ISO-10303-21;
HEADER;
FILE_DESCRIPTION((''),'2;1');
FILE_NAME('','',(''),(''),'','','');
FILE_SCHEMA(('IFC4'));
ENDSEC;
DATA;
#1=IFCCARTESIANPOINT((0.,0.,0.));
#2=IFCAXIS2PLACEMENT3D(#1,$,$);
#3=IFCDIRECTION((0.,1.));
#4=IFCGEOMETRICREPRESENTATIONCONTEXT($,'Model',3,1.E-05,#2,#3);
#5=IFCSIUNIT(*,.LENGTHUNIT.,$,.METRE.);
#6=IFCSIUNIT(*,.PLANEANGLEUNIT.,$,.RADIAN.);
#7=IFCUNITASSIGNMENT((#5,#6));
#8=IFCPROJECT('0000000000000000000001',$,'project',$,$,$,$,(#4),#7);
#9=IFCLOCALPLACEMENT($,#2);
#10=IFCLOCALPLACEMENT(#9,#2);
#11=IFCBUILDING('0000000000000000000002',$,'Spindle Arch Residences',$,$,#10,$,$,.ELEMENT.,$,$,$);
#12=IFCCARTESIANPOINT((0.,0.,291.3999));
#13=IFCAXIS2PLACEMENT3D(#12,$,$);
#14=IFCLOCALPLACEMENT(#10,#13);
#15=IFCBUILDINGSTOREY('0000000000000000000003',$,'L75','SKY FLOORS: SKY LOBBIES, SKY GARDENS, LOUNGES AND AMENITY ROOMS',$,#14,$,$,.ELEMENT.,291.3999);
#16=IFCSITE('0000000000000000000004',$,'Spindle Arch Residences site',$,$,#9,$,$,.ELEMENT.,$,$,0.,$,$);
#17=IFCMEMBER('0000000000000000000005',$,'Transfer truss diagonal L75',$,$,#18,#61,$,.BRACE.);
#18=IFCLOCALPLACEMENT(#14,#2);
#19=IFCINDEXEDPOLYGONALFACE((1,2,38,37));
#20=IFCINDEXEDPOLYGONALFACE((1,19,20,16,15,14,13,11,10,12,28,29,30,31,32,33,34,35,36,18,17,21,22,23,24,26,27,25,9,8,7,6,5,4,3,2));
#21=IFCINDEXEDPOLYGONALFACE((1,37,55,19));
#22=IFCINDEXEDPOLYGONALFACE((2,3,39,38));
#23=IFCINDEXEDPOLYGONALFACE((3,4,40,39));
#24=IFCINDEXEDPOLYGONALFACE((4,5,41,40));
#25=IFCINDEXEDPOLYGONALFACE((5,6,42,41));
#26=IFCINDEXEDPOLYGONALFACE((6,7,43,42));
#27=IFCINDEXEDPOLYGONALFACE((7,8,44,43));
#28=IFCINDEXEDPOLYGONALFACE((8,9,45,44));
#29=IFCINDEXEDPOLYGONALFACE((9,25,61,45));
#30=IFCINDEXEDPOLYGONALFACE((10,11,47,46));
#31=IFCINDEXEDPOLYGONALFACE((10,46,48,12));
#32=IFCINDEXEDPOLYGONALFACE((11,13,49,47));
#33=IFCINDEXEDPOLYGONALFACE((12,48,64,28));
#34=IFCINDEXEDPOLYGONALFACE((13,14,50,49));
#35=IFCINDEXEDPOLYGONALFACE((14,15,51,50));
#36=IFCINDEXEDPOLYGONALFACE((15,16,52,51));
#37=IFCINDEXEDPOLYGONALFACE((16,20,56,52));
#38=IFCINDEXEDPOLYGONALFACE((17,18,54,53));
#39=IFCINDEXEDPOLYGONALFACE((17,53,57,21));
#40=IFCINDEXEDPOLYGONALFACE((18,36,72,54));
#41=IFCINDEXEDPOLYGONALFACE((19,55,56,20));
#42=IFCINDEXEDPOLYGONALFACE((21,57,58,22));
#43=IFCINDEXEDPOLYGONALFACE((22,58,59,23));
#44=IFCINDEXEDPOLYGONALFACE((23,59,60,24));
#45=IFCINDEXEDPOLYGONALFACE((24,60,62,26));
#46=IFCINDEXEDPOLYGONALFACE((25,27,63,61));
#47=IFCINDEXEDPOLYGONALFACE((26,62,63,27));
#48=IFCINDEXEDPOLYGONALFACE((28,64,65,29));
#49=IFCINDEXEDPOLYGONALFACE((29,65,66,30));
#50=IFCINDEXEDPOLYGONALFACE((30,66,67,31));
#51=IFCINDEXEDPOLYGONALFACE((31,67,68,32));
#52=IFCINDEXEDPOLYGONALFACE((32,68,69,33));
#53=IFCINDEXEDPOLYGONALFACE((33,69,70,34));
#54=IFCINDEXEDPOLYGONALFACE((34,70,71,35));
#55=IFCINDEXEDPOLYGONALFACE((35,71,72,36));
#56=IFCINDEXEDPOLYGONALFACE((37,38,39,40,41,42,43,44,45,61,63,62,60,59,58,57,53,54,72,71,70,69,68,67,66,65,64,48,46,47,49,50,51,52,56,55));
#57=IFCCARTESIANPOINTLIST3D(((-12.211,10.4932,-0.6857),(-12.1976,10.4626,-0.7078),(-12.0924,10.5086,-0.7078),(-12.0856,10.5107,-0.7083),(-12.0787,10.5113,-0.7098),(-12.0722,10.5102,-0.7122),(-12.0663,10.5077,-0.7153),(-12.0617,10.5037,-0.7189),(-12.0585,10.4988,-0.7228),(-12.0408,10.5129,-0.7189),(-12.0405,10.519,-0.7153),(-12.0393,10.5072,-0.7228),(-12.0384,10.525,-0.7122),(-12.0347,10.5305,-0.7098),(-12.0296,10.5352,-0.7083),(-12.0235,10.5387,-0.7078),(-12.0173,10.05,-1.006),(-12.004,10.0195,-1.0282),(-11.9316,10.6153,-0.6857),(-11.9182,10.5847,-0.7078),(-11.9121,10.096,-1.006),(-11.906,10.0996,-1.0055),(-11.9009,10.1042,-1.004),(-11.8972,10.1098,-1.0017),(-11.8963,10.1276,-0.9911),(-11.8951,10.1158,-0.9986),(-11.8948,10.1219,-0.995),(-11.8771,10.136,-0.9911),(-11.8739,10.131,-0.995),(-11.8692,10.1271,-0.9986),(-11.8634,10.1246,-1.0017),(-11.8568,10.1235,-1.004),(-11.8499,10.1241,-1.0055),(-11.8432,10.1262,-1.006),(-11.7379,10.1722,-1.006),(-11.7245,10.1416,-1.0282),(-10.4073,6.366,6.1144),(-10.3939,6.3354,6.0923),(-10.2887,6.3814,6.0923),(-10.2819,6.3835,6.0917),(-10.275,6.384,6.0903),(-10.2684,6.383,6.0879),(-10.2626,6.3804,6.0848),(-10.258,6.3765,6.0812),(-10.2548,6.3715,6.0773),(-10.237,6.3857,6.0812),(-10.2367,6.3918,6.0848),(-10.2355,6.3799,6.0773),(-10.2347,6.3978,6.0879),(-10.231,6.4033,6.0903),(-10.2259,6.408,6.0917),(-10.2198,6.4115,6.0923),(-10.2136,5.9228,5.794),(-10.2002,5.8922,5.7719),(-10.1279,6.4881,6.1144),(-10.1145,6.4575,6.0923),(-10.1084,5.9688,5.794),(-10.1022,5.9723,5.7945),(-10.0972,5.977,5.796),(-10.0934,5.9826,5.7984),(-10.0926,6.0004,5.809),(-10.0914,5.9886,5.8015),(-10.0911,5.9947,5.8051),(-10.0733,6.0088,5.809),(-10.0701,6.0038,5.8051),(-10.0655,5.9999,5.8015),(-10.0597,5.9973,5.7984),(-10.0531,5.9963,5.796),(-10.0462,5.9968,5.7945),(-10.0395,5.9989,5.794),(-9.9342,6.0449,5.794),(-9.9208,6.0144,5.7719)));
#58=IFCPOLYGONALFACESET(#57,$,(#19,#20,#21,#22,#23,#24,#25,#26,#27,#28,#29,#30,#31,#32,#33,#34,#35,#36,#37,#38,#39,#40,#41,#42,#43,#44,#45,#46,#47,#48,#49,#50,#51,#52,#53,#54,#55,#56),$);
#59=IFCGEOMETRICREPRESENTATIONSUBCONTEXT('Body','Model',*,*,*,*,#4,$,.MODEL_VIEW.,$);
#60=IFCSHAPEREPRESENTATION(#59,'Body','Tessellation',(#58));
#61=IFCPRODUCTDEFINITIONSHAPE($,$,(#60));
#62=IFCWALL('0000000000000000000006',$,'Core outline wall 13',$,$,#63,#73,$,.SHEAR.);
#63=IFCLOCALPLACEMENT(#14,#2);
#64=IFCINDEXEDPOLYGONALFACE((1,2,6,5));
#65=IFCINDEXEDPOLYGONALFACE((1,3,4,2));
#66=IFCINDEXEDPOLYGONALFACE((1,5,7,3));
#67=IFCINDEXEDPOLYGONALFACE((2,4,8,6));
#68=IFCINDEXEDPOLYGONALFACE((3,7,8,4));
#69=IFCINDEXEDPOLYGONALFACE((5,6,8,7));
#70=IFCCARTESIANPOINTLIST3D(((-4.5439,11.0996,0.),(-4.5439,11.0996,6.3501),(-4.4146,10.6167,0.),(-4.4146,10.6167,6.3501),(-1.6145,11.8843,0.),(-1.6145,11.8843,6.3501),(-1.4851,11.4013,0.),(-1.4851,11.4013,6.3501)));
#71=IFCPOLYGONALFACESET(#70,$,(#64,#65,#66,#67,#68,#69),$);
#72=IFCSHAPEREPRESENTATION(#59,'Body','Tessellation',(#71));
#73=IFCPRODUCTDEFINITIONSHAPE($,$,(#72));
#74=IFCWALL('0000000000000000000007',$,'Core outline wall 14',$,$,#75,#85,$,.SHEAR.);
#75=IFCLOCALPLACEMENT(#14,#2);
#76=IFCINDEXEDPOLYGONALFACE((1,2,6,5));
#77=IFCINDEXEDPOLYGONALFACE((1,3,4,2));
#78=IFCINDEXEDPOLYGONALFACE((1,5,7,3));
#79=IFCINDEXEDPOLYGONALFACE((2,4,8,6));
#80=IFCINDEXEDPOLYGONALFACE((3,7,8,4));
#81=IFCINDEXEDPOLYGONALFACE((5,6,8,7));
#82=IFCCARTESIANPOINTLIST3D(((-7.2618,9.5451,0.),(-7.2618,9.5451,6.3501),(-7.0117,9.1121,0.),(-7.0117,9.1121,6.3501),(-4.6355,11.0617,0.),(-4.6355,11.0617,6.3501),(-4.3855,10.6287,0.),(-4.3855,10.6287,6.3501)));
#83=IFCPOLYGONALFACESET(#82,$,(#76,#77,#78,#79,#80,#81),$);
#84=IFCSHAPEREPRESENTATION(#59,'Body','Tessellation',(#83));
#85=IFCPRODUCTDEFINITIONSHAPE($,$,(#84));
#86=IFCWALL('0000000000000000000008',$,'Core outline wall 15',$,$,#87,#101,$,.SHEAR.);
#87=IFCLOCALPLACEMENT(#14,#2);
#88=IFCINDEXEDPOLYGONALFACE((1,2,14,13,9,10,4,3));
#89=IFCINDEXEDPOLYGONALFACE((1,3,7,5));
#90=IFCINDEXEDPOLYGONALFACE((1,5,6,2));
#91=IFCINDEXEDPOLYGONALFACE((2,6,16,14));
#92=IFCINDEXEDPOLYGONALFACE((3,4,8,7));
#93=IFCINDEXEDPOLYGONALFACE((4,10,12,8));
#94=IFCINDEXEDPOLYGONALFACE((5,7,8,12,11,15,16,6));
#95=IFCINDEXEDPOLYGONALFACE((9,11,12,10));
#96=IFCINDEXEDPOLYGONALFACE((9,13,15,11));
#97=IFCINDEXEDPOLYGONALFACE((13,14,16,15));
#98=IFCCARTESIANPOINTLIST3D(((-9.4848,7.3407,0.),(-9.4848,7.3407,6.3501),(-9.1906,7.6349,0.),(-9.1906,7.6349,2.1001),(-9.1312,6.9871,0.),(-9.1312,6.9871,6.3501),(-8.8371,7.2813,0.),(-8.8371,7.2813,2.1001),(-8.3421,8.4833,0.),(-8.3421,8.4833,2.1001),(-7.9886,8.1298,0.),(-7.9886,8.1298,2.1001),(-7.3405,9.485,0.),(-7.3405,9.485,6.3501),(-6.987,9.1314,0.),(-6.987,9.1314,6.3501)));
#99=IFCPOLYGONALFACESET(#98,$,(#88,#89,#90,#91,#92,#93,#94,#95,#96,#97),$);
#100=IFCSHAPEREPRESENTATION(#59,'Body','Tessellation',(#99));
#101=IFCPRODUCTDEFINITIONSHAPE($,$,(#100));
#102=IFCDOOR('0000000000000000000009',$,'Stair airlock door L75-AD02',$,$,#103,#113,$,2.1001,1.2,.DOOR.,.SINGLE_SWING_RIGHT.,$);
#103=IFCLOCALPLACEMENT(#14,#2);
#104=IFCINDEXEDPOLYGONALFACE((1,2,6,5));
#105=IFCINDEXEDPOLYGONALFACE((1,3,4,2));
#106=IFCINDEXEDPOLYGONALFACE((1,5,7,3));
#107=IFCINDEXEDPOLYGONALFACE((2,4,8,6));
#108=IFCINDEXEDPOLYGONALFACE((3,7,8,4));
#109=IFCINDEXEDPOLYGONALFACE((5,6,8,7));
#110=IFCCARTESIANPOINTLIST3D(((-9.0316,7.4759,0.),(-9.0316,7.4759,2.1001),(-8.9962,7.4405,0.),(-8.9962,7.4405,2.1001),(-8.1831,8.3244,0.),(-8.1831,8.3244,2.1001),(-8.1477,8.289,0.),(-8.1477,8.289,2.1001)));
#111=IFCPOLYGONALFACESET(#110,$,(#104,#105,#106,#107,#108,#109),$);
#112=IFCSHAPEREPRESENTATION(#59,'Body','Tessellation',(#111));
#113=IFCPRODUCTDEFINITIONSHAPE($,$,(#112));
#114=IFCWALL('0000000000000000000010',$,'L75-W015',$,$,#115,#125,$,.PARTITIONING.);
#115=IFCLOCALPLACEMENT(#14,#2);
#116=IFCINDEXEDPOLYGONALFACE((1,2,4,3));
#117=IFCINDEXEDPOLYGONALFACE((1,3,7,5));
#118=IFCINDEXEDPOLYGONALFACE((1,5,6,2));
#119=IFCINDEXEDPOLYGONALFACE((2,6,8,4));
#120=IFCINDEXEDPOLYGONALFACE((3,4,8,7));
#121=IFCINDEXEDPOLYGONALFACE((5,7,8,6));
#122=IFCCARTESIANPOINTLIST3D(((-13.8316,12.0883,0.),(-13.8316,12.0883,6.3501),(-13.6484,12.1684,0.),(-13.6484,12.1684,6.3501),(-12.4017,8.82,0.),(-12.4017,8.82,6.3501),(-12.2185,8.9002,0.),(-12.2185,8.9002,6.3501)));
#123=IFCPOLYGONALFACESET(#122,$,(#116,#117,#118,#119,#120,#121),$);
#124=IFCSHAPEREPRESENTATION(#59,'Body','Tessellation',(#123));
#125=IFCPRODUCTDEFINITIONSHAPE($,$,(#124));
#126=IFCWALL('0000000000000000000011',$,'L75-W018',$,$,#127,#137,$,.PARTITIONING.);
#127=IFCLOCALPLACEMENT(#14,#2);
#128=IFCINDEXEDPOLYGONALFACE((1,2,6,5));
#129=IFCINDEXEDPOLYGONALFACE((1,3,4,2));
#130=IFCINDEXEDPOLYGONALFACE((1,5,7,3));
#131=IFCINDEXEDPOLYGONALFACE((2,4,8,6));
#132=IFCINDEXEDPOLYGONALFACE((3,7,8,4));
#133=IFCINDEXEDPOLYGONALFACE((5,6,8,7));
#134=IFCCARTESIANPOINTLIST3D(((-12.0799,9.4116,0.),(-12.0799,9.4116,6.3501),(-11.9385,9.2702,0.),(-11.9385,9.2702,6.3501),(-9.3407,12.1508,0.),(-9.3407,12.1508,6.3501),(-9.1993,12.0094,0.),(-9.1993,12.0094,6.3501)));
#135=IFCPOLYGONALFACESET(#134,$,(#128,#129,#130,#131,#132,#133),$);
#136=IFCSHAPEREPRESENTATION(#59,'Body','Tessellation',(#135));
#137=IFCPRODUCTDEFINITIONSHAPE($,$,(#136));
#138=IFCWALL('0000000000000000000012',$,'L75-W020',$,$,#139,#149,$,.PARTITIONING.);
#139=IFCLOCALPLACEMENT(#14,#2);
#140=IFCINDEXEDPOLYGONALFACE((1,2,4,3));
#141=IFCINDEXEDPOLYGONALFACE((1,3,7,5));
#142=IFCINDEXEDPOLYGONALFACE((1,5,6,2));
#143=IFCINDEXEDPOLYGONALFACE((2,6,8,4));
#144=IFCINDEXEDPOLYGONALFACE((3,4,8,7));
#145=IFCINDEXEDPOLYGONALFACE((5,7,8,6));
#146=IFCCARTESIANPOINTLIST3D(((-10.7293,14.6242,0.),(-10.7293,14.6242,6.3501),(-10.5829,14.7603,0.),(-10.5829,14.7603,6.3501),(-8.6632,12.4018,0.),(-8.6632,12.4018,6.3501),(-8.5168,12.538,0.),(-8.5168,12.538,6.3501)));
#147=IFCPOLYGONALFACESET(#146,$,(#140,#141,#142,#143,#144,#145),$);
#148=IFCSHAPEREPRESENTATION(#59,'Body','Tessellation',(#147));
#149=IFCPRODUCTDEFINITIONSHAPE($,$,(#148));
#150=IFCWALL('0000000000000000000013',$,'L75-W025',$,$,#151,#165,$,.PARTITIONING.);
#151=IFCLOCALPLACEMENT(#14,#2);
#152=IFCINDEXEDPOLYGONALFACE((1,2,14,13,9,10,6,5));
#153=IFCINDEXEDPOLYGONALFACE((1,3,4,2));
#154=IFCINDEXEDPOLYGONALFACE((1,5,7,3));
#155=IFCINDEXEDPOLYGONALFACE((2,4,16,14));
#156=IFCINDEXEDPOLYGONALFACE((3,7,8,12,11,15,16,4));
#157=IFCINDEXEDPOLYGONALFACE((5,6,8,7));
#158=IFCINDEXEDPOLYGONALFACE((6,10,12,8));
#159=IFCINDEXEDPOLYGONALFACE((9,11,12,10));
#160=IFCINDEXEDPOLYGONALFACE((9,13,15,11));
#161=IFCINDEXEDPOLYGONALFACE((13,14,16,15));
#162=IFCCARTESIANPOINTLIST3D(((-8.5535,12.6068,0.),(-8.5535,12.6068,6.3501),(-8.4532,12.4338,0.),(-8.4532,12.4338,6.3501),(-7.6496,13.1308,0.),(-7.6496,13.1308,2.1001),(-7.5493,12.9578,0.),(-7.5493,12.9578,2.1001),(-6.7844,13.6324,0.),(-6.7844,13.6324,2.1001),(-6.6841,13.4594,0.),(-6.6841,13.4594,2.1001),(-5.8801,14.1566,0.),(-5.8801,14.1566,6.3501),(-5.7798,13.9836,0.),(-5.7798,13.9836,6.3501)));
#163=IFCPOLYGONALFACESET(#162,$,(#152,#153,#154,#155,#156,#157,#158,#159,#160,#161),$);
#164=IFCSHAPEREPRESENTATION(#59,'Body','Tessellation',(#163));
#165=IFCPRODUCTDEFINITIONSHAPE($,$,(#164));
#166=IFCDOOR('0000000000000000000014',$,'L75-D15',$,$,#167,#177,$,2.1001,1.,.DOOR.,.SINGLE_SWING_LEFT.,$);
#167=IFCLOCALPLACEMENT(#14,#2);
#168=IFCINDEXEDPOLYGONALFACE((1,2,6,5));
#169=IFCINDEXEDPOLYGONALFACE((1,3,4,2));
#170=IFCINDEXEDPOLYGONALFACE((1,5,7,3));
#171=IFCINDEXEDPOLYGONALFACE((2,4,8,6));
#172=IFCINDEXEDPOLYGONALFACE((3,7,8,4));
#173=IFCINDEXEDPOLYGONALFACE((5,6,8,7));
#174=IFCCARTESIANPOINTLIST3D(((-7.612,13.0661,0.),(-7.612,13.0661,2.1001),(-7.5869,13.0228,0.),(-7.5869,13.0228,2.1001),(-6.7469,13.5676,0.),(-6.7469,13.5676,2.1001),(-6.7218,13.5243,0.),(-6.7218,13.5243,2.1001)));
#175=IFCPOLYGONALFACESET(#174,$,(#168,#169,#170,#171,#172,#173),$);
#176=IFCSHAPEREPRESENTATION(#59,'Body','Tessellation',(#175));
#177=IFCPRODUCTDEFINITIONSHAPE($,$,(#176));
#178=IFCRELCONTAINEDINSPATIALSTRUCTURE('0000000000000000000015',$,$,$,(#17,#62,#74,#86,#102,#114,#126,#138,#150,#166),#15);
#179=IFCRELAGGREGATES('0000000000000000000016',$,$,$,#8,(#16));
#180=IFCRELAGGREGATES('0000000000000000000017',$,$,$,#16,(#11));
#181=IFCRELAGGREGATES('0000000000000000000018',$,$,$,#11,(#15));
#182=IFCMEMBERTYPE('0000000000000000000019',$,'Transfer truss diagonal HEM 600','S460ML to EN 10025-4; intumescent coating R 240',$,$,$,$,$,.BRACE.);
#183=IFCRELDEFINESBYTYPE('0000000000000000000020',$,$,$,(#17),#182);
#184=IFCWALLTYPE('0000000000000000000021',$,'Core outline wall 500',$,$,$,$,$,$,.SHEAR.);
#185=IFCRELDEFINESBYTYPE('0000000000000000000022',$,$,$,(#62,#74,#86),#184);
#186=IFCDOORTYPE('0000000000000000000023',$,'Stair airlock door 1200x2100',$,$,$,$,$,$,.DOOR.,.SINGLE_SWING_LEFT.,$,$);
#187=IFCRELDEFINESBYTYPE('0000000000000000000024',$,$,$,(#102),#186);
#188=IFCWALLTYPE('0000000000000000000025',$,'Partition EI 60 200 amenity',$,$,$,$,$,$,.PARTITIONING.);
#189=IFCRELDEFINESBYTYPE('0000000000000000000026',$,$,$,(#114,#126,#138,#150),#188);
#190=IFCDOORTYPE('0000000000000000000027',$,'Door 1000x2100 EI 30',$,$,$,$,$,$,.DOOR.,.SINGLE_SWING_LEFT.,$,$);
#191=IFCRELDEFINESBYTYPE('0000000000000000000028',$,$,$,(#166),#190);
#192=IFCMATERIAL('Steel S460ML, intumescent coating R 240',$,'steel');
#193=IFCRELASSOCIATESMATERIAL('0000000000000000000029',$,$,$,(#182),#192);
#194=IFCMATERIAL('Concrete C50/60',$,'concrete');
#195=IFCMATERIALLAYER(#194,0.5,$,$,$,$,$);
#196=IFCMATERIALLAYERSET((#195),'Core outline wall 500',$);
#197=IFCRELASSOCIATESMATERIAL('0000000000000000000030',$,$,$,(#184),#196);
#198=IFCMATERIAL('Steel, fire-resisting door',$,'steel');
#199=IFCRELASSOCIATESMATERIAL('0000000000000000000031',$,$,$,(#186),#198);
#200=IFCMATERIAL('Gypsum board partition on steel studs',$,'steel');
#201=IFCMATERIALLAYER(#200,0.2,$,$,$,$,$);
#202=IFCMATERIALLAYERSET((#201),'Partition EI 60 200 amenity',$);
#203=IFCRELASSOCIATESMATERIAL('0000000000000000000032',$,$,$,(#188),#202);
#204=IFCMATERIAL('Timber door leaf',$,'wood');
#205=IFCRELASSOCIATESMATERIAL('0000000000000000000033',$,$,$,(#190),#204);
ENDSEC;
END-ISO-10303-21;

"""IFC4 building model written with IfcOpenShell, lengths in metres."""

from ifc_helpers import new_model, si_unit, direction, frame, frame_2d, origin, origin_2d, place, context, subcontext, project, spatial, rectangle, i_section, extrude, material, layer, layer_set, material_profile, profile_set, type_object, element, fill, save


model = new_model("IFC4")

# Units and contexts
model_context = context("Model", 3, precision=1e-05, world=origin(), true_north=direction((0.0, 1.0)))
body_context = subcontext(model_context, "Body", "Model", "MODEL_VIEW")
ifc_project = project(units=[si_unit("LENGTHUNIT", "METRE"), si_unit("PLANEANGLEUNIT", "RADIAN")], contexts=[model_context])

# Site, building, storey
site_placement = place(None, origin())
site = spatial("IfcSite", under=ifc_project, at=site_placement, Name="Spindle Arch Residences site", CompositionType="ELEMENT", RefElevation=0.0)
building_placement = place(site_placement, origin())
building = spatial("IfcBuilding", under=site, at=building_placement, Name="Spindle Arch Residences", CompositionType="ELEMENT")
storey_placement = place(building_placement, frame((0.0, 0.0, 291.3999)))
storey = spatial("IfcBuildingStorey", under=building, at=storey_placement, Name="L75", Description="SKY FLOORS: SKY LOBBIES, SKY GARDENS, LOUNGES AND AMENITY ROOMS", CompositionType="ELEMENT", Elevation=291.3999)

# Member
ifc_material_1 = material(Name="Steel S460ML, intumescent coating R 240", Category="steel")
ifc_material_profile_1 = material_profile(ifc_material_1, i_section(OverallWidth=0.3049, OverallDepth=0.6201, WebThickness=0.021, FlangeThickness=0.04, FilletRadius=0.0271, at=origin_2d()), Name="HEM 600")
ifc_profile_set_1 = profile_set([ifc_material_profile_1], Name="Steel S460ML, intumescent coating R 240")
member_type_1 = type_object("IfcMemberType", Name="Transfer truss diagonal HEM 600", Description="S460ML to EN 10025-4; intumescent coating R 240", PredefinedType="BRACE", material=ifc_profile_set_1)
member_1_placement = place(storey_placement, frame((-11.9678, 10.3174, -0.8569), z_axis=(0.221139, -0.506004, 0.833701), x_axis=(0.916315, 0.400458, 0.0)))
element("IfcMember", 1, at=member_1_placement, inside=storey, type_object=member_type_1, Name="Transfer truss diagonal L75", PredefinedType="BRACE", context=body_context, shape_type="SweptSolid", body=[
    extrude(i_section(OverallWidth=0.3049, OverallDepth=0.6201, WebThickness=0.021, FlangeThickness=0.04, FilletRadius=0.0271, at=origin_2d()), origin(), (0.0, 0.0, 1.0), 8.1565),
])

# Walls
ifc_material_2 = material(Name="Concrete C50/60", Category="concrete")
ifc_layer_1 = layer(ifc_material_2, 0.5)
ifc_layer_set_1 = layer_set([ifc_layer_1], Name="Core outline wall 500")
wall_type_1 = type_object("IfcWallType", Name="Core outline wall 500", PredefinedType="SHEAR", material=ifc_layer_set_1)
for number, where, z_axis, x_axis, name in (
    (2, (-1.5498, 11.6428, 0.0), (0.0, 0.0, 1.0), (-0.965948, -0.258735, 0.0), "Core outline wall 13"),
    (3, (-4.5105, 10.8452, 0.0), (0.0, 0.0, 1.0), (-0.865975, -0.500087, 0.0), "Core outline wall 14"),
):
    element("IfcWall", number, at=place(storey_placement, frame(where, z_axis=z_axis, x_axis=x_axis)), inside=storey, type_object=wall_type_1, Name=name, PredefinedType="SHEAR", context=body_context, shape_type="SweptSolid", body=[
        extrude(rectangle(XDim=3.0327, YDim=0.5, at=frame_2d((1.5164, 0.0))), origin(), (0.0, 0.0, 1.0), 6.3501),
    ])

# Wall, opening, door
wall_1_placement = place(storey_placement, frame((-7.1638, 9.3081, 0.0), z_axis=(0.0, 0.0, 1.0), x_axis=(-0.707107, -0.707107, 0.0)))
wall_1 = element("IfcWall", 4, at=wall_1_placement, inside=storey, type_object=wall_type_1, Name="Core outline wall 15", PredefinedType="SHEAR", context=body_context, shape_type="SweptSolid", body=[
    extrude(rectangle(XDim=3.0325, YDim=0.5, at=frame_2d((1.5161, 0.0))), origin(), (0.0, 0.0, 1.0), 6.3501),
])
opening_1_placement = place(wall_1_placement, frame((1.4163, 0.0, 0.0)))
opening_1 = element("IfcOpeningElement", 5, at=opening_1_placement, cuts=wall_1, PredefinedType="OPENING", context=body_context, shape_type="SweptSolid", body=[
    extrude(rectangle(XDim=1.2, YDim=2.1001, at=frame_2d((0.6001, 1.05))), frame((0.0, 0.26, 0.0), z_axis=(0.0, -1.0, 0.0), x_axis=(1.0, 0.0, 0.0)), (0.0, 0.0, 1.0), 0.52),
])
ifc_material_3 = material(Name="Steel, fire-resisting door", Category="steel")
door_type_1 = type_object("IfcDoorType", Name="Stair airlock door 1200x2100", OperationType="SINGLE_SWING_LEFT", PredefinedType="DOOR", material=ifc_material_3)
door_1_placement = place(opening_1_placement, origin())
door_1 = element("IfcDoor", 6, at=door_1_placement, inside=storey, type_object=door_type_1, Name="Stair airlock door L75-AD02", OperationType="SINGLE_SWING_RIGHT", OverallHeight=2.1001, OverallWidth=1.2, PredefinedType="DOOR", context=body_context, shape_type="SweptSolid", body=[
    extrude(rectangle(XDim=1.2, YDim=2.1001, at=frame_2d((0.6001, 1.05))), frame((0.0, 0.0249, 0.0), z_axis=(0.0, -1.0, 0.0), x_axis=(1.0, 0.0, 0.0)), (0.0, 0.0, 1.0), 0.05),
])
fill(opening_1, door_1)

# Walls
ifc_material_4 = material(Name="Gypsum board partition on steel studs", Category="steel")
ifc_layer_2 = layer(ifc_material_4, 0.2)
ifc_layer_set_2 = layer_set([ifc_layer_2], Name="Partition EI 60 200 amenity")
wall_type_2 = type_object("IfcWallType", Name="Partition EI 60 200 amenity", PredefinedType="PARTITIONING", material=ifc_layer_set_2)
wall_2_placement = place(storey_placement, frame((-12.3101, 8.8601, 0.0), z_axis=(0.0, 0.0, 1.0), x_axis=(-0.40083, 0.916153, 0.0)))
element("IfcWall", 7, at=wall_2_placement, inside=storey, type_object=wall_type_2, Name="L75-W015", PredefinedType="PARTITIONING", context=body_context, shape_type="SweptSolid", body=[
    extrude(rectangle(XDim=3.5674, YDim=0.2, at=frame_2d((1.7837, 0.0))), origin(), (0.0, 0.0, 1.0), 6.3501),
])
wall_3_placement = place(storey_placement, frame((-12.0093, 9.3408, 0.0), z_axis=(0.0, 0.0, 1.0), x_axis=(0.707107, 0.707107, 0.0)))
element("IfcWall", 8, at=wall_3_placement, inside=storey, type_object=wall_type_2, Name="L75-W018", PredefinedType="PARTITIONING", context=body_context, shape_type="SweptSolid", body=[
    extrude(rectangle(XDim=3.8738, YDim=0.2, at=frame_2d((1.937, 0.0))), origin(), (0.0, 0.0, 1.0), 6.3501),
])
wall_4_placement = place(storey_placement, frame((-8.5901, 12.47, 0.0), z_axis=(0.0, 0.0, 1.0), x_axis=(-0.680892, 0.732384, 0.0)))
element("IfcWall", 9, at=wall_4_placement, inside=storey, type_object=wall_type_2, Name="L75-W020", PredefinedType="PARTITIONING", context=body_context, shape_type="SweptSolid", body=[
    extrude(rectangle(XDim=3.0344, YDim=0.2, at=frame_2d((1.5171, 0.0))), origin(), (0.0, 0.0, 1.0), 6.3501),
])

# Wall, opening, door
wall_5_placement = place(storey_placement, frame((-5.8301, 14.0701, 0.0), z_axis=(0.0, 0.0, 1.0), x_axis=(-0.865134, -0.501541, 0.0)))
wall_5 = element("IfcWall", 10, at=wall_5_placement, inside=storey, type_object=wall_type_2, Name="L75-W025", PredefinedType="PARTITIONING", context=body_context, shape_type="SweptSolid", body=[
    extrude(rectangle(XDim=3.0901, YDim=0.2, at=frame_2d((1.5449, 0.0))), origin(), (0.0, 0.0, 1.0), 6.3501),
])
opening_2_placement = place(wall_5_placement, frame((1.0452, 0.0, 0.0)))
opening_2 = element("IfcOpeningElement", 11, at=opening_2_placement, cuts=wall_5, PredefinedType="OPENING", context=body_context, shape_type="SweptSolid", body=[
    extrude(rectangle(XDim=1.0, YDim=2.1001, at=frame_2d((0.5, 1.05))), frame((0.0, 0.1099, 0.0), z_axis=(0.0, -1.0, 0.0), x_axis=(1.0, 0.0, 0.0)), (0.0, 0.0, 1.0), 0.22),
])
ifc_material_5 = material(Name="Timber door leaf", Category="wood")
door_type_2 = type_object("IfcDoorType", Name="Door 1000x2100 EI 30", OperationType="SINGLE_SWING_LEFT", PredefinedType="DOOR", material=ifc_material_5)
door_2_placement = place(opening_2_placement, origin())
door_2 = element("IfcDoor", 12, at=door_2_placement, inside=storey, type_object=door_type_2, Name="L75-D15", OperationType="SINGLE_SWING_LEFT", OverallHeight=2.1001, OverallWidth=1.0, PredefinedType="DOOR", context=body_context, shape_type="SweptSolid", body=[
    extrude(rectangle(XDim=1.0, YDim=2.1001, at=frame_2d((0.5, 1.05))), frame((0.0, 0.0249, 0.0), z_axis=(0.0, -1.0, 0.0), x_axis=(1.0, 0.0, 0.0)), (0.0, 0.0, 1.0), 0.05),
])
fill(opening_2, door_2)

save(model, "model.ifc")
